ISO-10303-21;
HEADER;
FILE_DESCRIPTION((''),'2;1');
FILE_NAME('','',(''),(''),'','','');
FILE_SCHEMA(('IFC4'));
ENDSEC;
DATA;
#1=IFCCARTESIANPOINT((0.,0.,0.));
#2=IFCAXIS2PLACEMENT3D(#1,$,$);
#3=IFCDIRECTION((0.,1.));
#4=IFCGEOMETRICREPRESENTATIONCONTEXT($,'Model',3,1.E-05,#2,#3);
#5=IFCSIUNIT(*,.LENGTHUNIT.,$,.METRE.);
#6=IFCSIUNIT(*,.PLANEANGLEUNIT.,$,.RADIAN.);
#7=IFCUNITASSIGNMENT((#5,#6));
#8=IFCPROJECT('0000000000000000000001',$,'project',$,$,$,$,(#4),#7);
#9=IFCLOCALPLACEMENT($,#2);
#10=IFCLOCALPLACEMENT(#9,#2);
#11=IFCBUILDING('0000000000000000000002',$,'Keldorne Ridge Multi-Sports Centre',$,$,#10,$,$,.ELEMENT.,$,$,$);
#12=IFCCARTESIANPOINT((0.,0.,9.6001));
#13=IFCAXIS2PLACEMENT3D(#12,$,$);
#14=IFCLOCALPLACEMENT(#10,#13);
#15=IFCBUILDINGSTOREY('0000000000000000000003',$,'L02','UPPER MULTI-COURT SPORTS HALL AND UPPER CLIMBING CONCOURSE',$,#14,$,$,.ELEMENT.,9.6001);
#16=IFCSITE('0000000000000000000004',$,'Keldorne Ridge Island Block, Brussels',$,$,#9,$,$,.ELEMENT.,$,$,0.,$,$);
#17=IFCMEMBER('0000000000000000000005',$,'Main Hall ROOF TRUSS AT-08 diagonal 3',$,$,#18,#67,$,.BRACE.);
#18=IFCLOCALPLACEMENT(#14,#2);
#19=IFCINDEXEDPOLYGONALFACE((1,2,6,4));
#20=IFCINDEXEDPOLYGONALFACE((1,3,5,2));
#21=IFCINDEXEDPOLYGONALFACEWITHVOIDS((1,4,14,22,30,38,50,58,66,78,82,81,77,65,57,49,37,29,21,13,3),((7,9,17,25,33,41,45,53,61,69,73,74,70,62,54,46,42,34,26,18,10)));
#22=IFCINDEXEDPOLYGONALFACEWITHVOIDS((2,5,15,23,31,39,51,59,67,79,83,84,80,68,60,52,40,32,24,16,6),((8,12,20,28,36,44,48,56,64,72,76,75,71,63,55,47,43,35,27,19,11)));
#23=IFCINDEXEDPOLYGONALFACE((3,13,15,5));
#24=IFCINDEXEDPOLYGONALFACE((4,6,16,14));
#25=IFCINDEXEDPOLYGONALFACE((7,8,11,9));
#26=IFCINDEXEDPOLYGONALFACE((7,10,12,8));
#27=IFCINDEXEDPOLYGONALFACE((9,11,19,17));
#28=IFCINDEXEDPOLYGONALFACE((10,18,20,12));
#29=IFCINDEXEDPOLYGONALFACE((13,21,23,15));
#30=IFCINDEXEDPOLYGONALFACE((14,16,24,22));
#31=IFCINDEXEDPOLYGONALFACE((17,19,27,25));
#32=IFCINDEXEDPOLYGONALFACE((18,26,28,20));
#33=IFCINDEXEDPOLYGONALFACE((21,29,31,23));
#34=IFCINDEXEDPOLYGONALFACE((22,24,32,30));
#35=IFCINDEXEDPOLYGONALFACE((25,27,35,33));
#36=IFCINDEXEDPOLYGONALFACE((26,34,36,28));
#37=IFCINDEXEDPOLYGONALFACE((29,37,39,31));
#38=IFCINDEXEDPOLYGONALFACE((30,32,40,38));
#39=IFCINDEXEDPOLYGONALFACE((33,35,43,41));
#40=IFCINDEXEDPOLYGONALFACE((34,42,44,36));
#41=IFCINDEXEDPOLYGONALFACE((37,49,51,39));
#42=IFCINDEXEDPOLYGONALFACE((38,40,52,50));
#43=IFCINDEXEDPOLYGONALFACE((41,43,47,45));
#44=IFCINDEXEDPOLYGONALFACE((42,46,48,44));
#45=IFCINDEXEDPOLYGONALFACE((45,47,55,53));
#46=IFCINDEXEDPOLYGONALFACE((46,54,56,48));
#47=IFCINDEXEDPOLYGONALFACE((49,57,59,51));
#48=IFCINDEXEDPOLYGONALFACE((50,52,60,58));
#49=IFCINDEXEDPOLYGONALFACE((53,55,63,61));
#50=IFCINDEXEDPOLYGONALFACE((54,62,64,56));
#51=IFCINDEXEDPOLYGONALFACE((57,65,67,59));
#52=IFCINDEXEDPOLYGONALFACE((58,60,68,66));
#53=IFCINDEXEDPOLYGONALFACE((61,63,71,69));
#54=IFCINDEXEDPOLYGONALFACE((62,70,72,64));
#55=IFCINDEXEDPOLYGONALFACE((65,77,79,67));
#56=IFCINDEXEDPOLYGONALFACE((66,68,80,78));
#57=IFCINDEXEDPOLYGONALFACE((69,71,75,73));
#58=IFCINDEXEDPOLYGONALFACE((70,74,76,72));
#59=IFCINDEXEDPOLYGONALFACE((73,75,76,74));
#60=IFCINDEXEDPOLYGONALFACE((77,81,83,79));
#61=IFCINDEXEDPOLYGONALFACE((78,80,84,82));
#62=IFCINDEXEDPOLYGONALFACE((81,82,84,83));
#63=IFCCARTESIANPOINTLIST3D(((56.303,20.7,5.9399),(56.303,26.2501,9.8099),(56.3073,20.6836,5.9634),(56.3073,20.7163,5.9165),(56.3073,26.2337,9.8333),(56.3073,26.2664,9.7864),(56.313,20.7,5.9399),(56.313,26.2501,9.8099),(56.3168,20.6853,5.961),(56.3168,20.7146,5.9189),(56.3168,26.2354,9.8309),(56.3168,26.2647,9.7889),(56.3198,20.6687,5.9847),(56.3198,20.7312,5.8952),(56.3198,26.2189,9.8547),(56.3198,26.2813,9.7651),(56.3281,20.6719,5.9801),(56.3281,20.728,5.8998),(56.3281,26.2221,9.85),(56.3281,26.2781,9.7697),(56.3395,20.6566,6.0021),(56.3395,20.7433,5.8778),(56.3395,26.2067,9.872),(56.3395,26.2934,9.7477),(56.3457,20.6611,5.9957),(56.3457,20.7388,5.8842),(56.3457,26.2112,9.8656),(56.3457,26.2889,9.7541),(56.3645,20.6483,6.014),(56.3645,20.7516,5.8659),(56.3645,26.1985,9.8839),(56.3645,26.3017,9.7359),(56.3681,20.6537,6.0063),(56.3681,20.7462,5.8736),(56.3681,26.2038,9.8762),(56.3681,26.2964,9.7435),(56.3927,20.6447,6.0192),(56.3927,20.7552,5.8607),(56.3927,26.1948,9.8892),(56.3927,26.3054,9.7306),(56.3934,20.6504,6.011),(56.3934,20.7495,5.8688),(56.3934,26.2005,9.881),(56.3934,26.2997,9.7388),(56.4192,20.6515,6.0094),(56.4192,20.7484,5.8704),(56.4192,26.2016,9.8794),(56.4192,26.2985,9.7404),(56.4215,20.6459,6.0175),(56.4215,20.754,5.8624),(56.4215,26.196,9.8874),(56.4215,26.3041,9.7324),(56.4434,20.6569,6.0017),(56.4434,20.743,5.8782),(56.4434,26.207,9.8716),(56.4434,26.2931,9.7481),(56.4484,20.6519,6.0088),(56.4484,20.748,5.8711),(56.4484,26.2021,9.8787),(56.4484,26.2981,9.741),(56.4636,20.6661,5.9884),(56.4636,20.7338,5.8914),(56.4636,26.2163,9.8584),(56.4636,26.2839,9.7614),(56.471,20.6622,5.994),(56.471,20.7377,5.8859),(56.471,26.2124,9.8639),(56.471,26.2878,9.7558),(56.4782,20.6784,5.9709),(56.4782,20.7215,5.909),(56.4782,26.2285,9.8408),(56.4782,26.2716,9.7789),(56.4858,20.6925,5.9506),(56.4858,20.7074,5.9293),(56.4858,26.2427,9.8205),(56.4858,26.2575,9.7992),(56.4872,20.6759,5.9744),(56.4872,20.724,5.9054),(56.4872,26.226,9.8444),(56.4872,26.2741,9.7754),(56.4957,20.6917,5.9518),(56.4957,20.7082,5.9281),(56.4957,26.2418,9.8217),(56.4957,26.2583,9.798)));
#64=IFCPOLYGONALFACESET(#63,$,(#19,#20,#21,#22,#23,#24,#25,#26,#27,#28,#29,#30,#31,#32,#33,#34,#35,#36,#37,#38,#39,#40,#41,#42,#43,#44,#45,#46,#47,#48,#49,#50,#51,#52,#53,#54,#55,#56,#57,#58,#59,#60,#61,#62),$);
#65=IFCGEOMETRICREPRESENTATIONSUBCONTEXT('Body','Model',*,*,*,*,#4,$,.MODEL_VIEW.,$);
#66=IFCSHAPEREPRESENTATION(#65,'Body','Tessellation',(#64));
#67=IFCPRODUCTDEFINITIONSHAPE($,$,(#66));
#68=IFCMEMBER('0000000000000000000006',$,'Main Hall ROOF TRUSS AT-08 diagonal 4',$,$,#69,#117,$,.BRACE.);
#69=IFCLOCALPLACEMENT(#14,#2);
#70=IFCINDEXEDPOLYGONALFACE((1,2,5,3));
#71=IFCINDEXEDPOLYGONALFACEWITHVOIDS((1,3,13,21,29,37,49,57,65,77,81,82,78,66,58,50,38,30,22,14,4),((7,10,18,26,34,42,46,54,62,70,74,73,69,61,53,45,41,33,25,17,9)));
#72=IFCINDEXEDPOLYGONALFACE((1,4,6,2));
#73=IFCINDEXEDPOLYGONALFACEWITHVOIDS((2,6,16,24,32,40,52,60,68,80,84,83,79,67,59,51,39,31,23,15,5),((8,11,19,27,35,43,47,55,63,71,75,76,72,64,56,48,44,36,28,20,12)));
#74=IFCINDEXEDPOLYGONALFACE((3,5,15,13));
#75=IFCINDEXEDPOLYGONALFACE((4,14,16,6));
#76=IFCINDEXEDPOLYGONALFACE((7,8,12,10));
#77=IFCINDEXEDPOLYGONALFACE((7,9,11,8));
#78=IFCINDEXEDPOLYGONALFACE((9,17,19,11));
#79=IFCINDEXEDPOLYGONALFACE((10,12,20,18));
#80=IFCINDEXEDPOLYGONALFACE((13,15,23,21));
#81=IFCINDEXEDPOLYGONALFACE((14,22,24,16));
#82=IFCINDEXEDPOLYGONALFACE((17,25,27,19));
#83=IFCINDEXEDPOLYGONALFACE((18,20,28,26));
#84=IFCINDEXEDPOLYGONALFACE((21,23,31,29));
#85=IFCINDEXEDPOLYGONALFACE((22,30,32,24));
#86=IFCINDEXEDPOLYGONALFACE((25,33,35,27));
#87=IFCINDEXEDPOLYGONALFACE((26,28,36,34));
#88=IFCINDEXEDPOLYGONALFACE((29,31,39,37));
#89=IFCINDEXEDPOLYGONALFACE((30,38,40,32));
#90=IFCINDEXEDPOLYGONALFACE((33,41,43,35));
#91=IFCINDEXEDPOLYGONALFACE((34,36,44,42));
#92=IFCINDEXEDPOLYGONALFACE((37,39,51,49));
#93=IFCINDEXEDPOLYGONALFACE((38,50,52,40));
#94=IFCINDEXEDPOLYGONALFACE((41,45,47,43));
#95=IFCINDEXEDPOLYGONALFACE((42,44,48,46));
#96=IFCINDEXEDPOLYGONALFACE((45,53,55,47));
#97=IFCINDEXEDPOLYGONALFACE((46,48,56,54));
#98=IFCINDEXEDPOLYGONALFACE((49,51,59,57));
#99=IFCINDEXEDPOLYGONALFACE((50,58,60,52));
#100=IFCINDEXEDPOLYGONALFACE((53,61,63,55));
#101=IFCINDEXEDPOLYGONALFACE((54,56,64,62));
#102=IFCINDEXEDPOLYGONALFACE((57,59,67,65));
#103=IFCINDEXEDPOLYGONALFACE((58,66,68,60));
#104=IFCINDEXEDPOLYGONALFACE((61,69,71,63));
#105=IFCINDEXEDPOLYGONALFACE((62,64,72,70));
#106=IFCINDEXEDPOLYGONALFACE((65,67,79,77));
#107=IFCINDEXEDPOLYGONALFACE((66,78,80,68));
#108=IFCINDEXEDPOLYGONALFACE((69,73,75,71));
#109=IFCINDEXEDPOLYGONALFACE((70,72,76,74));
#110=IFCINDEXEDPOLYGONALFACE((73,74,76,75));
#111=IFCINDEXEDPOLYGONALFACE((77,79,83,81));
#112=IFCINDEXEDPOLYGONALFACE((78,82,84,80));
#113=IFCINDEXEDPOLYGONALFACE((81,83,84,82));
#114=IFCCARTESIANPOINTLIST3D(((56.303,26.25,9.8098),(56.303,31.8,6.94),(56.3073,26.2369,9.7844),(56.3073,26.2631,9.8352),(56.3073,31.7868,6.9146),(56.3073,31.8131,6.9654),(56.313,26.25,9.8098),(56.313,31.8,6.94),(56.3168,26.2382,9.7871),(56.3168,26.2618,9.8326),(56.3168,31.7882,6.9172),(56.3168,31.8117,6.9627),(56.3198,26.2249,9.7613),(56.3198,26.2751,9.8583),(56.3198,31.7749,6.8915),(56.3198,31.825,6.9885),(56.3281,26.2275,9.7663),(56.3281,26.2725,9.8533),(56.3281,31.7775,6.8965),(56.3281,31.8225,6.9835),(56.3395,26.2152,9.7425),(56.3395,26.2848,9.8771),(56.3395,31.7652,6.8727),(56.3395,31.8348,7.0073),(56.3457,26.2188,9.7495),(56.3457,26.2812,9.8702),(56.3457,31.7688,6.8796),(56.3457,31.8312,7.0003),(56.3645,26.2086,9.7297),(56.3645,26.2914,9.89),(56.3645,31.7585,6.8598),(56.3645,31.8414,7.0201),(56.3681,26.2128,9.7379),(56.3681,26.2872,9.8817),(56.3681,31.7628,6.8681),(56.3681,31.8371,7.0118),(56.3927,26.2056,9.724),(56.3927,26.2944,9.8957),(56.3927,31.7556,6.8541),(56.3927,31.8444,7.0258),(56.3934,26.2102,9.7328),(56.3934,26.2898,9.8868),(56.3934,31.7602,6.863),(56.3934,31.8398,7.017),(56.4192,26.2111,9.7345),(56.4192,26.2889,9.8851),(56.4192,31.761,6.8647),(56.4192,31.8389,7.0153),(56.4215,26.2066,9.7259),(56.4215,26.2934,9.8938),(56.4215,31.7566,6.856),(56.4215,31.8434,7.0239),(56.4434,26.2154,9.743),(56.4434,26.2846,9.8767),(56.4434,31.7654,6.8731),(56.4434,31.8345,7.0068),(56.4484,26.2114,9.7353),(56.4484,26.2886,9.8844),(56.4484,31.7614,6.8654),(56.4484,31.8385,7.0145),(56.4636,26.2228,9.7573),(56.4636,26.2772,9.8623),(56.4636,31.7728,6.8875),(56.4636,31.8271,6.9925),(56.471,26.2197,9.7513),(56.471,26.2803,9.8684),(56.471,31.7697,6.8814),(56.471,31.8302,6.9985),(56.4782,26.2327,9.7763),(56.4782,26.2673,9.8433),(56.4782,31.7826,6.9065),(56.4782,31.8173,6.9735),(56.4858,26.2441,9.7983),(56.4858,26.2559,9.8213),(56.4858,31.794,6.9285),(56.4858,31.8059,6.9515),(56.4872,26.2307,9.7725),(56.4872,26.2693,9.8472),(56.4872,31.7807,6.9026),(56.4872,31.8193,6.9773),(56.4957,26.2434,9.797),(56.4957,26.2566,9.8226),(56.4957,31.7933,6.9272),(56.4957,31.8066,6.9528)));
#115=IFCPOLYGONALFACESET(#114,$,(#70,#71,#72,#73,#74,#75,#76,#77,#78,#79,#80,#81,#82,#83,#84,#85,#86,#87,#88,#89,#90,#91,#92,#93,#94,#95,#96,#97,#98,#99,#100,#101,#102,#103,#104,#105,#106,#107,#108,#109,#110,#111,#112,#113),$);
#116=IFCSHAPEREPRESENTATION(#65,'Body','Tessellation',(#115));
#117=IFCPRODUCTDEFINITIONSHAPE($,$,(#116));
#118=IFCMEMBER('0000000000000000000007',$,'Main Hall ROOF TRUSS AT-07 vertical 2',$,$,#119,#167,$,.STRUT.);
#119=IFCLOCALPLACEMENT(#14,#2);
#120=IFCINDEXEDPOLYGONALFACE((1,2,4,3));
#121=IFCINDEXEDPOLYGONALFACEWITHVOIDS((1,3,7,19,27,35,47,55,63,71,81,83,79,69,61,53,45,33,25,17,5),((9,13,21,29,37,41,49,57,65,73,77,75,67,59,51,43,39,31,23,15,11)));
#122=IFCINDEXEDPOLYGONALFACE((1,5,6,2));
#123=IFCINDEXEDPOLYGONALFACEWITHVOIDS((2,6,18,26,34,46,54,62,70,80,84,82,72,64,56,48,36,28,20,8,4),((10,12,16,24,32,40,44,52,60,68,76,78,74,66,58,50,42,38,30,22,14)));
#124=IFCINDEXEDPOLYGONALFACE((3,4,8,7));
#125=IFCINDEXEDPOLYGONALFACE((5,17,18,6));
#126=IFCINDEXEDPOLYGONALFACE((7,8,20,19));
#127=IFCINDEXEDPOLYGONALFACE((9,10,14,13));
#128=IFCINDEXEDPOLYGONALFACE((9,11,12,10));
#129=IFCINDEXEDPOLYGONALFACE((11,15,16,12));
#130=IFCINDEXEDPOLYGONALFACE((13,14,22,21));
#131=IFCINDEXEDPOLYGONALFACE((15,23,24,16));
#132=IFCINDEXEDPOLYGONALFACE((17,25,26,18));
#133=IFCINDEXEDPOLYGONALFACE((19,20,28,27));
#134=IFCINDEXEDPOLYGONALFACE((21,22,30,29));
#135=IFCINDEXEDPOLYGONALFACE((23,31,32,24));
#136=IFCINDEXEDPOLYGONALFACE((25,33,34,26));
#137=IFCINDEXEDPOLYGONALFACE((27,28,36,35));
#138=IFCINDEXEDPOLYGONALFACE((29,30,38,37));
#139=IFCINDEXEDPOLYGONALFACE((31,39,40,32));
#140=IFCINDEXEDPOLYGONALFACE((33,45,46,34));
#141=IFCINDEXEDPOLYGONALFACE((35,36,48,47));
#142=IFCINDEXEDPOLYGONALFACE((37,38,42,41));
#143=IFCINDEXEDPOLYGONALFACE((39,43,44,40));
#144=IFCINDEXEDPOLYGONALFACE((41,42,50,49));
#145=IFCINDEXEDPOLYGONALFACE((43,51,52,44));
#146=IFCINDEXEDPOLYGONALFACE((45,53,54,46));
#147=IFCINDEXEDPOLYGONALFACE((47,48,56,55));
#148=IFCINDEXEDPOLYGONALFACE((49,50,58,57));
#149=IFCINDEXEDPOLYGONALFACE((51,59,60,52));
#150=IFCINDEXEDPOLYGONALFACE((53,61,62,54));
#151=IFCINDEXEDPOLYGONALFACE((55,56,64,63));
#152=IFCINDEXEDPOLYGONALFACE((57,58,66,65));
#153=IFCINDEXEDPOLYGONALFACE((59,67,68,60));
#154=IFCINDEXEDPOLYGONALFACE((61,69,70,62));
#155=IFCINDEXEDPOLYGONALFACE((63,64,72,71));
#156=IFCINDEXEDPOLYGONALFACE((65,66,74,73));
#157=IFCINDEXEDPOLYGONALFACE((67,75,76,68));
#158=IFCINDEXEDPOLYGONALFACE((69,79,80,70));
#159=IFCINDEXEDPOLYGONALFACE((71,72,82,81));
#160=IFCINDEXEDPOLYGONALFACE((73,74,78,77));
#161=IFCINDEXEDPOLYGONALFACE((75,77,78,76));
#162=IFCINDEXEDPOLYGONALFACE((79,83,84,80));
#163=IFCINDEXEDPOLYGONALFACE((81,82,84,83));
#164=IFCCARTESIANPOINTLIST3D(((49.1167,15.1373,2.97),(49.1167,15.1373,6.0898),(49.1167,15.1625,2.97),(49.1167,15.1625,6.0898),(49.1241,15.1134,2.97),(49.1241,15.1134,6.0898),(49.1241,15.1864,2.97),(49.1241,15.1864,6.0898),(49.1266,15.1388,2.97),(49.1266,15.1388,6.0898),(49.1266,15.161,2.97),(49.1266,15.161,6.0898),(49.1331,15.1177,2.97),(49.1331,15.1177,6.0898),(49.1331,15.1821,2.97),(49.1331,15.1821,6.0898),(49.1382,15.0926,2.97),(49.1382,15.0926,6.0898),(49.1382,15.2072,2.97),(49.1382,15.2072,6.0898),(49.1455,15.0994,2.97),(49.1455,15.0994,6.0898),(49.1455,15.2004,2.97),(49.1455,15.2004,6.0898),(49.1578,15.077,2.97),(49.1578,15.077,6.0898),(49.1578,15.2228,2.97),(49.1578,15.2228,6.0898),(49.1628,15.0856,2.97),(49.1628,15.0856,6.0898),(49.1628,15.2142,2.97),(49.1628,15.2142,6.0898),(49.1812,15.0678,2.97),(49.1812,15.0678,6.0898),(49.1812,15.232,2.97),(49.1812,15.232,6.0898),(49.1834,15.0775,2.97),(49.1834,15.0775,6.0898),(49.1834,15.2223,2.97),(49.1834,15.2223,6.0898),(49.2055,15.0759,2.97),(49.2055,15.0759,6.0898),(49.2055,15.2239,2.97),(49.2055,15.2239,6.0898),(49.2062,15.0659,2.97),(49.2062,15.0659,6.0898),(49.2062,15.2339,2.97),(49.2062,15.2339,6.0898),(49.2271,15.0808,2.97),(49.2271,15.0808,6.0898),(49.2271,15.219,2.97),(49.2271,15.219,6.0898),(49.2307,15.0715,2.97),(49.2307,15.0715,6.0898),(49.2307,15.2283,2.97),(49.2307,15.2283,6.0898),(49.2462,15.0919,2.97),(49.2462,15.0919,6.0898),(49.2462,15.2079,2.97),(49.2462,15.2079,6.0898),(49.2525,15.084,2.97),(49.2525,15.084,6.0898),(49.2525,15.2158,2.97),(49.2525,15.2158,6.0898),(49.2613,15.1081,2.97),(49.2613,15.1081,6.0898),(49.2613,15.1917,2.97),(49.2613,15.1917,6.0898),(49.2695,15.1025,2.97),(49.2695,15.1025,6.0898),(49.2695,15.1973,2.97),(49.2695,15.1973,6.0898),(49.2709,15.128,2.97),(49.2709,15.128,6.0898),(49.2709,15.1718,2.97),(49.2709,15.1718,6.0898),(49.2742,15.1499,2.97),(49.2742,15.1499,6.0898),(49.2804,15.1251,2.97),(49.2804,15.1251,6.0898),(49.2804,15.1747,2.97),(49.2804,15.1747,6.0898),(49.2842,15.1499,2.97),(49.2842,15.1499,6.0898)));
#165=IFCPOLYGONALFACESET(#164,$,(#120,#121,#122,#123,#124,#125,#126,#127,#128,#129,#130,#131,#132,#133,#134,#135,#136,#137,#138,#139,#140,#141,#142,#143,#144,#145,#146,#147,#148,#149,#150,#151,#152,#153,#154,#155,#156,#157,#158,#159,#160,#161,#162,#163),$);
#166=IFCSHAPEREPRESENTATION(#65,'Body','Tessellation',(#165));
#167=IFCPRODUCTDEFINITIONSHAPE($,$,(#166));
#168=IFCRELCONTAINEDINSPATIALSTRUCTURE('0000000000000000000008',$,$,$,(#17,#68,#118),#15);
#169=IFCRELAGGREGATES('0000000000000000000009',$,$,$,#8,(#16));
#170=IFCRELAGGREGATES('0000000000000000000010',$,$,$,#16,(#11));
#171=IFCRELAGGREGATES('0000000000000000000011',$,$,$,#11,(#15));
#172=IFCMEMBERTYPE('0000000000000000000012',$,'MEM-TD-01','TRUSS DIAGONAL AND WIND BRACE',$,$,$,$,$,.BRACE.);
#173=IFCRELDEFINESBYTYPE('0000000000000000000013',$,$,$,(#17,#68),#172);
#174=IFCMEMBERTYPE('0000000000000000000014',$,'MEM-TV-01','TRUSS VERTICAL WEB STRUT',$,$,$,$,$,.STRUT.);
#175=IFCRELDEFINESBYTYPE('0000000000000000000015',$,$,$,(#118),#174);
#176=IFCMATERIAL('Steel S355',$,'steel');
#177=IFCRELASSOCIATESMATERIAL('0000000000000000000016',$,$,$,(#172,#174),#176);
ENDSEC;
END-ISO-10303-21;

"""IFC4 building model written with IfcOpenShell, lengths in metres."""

from ifc_helpers import new_model, si_unit, direction, frame, origin, origin_2d, place, context, subcontext, project, spatial, hollow_circle, extrude, material, material_profile, profile_set, type_object, element, save


model = new_model("IFC4")

# Units and contexts
model_context = context("Model", 3, precision=1e-05, world=origin(), true_north=direction((0.0, 1.0)))
body_context = subcontext(model_context, "Body", "Model", "MODEL_VIEW")
ifc_project = project(units=[si_unit("LENGTHUNIT", "METRE"), si_unit("PLANEANGLEUNIT", "RADIAN")], contexts=[model_context])

# Site, building, storey
site_placement = place(None, origin())
site = spatial("IfcSite", under=ifc_project, at=site_placement, Name="Keldorne Ridge Island Block, Brussels", CompositionType="ELEMENT", RefElevation=0.0)
building_placement = place(site_placement, origin())
building = spatial("IfcBuilding", under=site, at=building_placement, Name="Keldorne Ridge Multi-Sports Centre", CompositionType="ELEMENT")
storey_placement = place(building_placement, frame((0.0, 0.0, 9.6001)))
storey = spatial("IfcBuildingStorey", under=building, at=storey_placement, Name="L02", Description="UPPER MULTI-COURT SPORTS HALL AND UPPER CLIMBING CONCOURSE", CompositionType="ELEMENT", Elevation=9.6001)

# Shared definitions
ifc_material_1 = material(Name="Steel S355", Category="steel")

# Members
ifc_material_profile_1 = material_profile(ifc_material_1, hollow_circle(Radius=0.0969, WallThickness=0.01, at=origin_2d()), Name="CHS 193.7x10")
ifc_profile_set_1 = profile_set([ifc_material_profile_1], Name="Steel S355")
member_type_1 = type_object("IfcMemberType", Name="MEM-TD-01", Description="TRUSS DIAGONAL AND WIND BRACE", PredefinedType="BRACE", material=ifc_profile_set_1)
member_1_placement = place(storey_placement, frame((56.3999, 20.7, 5.9399), z_axis=(0.0, 0.820283, 0.571958), x_axis=(-1.0, 0.0, 0.0)))
element("IfcMember", 1, at=member_1_placement, inside=storey, type_object=member_type_1, Name="Main Hall ROOF TRUSS AT-08 diagonal 3", PredefinedType="BRACE", context=body_context, shape_type="SweptSolid", body=[
    extrude(hollow_circle(Radius=0.0969, WallThickness=0.01, at=origin_2d()), origin(), (0.0, 0.0, 1.0), 6.7661),
])
member_2_placement = place(storey_placement, frame((56.3999, 26.25, 9.8098), z_axis=(0.0, 0.888273, -0.459317), x_axis=(-1.0, 0.0, 0.0)))
element("IfcMember", 2, at=member_2_placement, inside=storey, type_object=member_type_1, Name="Main Hall ROOF TRUSS AT-08 diagonal 4", PredefinedType="BRACE", context=body_context, shape_type="SweptSolid", body=[
    extrude(hollow_circle(Radius=0.0969, WallThickness=0.01, at=origin_2d()), origin(), (0.0, 0.0, 1.0), 6.248),
])
ifc_material_profile_2 = material_profile(ifc_material_1, hollow_circle(Radius=0.0842, WallThickness=0.01, at=origin_2d()), Name="CHS 168.3x10")
ifc_profile_set_2 = profile_set([ifc_material_profile_2], Name="Steel S355")
member_type_2 = type_object("IfcMemberType", Name="MEM-TV-01", Description="TRUSS VERTICAL WEB STRUT", PredefinedType="STRUT", material=ifc_profile_set_2)
for number, where, z_axis, x_axis, name in (
    (3, (49.2, 15.1499, 2.97), (0.0, 0.0, 1.0), (1.0, 0.0, 0.0), "Main Hall ROOF TRUSS AT-07 vertical 2"),
):
    element("IfcMember", number, at=place(storey_placement, frame(where, z_axis=z_axis, x_axis=x_axis)), inside=storey, type_object=member_type_2, Name=name, PredefinedType="STRUT", context=body_context, shape_type="SweptSolid", body=[
        extrude(hollow_circle(Radius=0.0842, WallThickness=0.01, at=origin_2d()), origin(), (0.0, 0.0, 1.0), 3.1199),
    ])

save(model, "model.ifc")
